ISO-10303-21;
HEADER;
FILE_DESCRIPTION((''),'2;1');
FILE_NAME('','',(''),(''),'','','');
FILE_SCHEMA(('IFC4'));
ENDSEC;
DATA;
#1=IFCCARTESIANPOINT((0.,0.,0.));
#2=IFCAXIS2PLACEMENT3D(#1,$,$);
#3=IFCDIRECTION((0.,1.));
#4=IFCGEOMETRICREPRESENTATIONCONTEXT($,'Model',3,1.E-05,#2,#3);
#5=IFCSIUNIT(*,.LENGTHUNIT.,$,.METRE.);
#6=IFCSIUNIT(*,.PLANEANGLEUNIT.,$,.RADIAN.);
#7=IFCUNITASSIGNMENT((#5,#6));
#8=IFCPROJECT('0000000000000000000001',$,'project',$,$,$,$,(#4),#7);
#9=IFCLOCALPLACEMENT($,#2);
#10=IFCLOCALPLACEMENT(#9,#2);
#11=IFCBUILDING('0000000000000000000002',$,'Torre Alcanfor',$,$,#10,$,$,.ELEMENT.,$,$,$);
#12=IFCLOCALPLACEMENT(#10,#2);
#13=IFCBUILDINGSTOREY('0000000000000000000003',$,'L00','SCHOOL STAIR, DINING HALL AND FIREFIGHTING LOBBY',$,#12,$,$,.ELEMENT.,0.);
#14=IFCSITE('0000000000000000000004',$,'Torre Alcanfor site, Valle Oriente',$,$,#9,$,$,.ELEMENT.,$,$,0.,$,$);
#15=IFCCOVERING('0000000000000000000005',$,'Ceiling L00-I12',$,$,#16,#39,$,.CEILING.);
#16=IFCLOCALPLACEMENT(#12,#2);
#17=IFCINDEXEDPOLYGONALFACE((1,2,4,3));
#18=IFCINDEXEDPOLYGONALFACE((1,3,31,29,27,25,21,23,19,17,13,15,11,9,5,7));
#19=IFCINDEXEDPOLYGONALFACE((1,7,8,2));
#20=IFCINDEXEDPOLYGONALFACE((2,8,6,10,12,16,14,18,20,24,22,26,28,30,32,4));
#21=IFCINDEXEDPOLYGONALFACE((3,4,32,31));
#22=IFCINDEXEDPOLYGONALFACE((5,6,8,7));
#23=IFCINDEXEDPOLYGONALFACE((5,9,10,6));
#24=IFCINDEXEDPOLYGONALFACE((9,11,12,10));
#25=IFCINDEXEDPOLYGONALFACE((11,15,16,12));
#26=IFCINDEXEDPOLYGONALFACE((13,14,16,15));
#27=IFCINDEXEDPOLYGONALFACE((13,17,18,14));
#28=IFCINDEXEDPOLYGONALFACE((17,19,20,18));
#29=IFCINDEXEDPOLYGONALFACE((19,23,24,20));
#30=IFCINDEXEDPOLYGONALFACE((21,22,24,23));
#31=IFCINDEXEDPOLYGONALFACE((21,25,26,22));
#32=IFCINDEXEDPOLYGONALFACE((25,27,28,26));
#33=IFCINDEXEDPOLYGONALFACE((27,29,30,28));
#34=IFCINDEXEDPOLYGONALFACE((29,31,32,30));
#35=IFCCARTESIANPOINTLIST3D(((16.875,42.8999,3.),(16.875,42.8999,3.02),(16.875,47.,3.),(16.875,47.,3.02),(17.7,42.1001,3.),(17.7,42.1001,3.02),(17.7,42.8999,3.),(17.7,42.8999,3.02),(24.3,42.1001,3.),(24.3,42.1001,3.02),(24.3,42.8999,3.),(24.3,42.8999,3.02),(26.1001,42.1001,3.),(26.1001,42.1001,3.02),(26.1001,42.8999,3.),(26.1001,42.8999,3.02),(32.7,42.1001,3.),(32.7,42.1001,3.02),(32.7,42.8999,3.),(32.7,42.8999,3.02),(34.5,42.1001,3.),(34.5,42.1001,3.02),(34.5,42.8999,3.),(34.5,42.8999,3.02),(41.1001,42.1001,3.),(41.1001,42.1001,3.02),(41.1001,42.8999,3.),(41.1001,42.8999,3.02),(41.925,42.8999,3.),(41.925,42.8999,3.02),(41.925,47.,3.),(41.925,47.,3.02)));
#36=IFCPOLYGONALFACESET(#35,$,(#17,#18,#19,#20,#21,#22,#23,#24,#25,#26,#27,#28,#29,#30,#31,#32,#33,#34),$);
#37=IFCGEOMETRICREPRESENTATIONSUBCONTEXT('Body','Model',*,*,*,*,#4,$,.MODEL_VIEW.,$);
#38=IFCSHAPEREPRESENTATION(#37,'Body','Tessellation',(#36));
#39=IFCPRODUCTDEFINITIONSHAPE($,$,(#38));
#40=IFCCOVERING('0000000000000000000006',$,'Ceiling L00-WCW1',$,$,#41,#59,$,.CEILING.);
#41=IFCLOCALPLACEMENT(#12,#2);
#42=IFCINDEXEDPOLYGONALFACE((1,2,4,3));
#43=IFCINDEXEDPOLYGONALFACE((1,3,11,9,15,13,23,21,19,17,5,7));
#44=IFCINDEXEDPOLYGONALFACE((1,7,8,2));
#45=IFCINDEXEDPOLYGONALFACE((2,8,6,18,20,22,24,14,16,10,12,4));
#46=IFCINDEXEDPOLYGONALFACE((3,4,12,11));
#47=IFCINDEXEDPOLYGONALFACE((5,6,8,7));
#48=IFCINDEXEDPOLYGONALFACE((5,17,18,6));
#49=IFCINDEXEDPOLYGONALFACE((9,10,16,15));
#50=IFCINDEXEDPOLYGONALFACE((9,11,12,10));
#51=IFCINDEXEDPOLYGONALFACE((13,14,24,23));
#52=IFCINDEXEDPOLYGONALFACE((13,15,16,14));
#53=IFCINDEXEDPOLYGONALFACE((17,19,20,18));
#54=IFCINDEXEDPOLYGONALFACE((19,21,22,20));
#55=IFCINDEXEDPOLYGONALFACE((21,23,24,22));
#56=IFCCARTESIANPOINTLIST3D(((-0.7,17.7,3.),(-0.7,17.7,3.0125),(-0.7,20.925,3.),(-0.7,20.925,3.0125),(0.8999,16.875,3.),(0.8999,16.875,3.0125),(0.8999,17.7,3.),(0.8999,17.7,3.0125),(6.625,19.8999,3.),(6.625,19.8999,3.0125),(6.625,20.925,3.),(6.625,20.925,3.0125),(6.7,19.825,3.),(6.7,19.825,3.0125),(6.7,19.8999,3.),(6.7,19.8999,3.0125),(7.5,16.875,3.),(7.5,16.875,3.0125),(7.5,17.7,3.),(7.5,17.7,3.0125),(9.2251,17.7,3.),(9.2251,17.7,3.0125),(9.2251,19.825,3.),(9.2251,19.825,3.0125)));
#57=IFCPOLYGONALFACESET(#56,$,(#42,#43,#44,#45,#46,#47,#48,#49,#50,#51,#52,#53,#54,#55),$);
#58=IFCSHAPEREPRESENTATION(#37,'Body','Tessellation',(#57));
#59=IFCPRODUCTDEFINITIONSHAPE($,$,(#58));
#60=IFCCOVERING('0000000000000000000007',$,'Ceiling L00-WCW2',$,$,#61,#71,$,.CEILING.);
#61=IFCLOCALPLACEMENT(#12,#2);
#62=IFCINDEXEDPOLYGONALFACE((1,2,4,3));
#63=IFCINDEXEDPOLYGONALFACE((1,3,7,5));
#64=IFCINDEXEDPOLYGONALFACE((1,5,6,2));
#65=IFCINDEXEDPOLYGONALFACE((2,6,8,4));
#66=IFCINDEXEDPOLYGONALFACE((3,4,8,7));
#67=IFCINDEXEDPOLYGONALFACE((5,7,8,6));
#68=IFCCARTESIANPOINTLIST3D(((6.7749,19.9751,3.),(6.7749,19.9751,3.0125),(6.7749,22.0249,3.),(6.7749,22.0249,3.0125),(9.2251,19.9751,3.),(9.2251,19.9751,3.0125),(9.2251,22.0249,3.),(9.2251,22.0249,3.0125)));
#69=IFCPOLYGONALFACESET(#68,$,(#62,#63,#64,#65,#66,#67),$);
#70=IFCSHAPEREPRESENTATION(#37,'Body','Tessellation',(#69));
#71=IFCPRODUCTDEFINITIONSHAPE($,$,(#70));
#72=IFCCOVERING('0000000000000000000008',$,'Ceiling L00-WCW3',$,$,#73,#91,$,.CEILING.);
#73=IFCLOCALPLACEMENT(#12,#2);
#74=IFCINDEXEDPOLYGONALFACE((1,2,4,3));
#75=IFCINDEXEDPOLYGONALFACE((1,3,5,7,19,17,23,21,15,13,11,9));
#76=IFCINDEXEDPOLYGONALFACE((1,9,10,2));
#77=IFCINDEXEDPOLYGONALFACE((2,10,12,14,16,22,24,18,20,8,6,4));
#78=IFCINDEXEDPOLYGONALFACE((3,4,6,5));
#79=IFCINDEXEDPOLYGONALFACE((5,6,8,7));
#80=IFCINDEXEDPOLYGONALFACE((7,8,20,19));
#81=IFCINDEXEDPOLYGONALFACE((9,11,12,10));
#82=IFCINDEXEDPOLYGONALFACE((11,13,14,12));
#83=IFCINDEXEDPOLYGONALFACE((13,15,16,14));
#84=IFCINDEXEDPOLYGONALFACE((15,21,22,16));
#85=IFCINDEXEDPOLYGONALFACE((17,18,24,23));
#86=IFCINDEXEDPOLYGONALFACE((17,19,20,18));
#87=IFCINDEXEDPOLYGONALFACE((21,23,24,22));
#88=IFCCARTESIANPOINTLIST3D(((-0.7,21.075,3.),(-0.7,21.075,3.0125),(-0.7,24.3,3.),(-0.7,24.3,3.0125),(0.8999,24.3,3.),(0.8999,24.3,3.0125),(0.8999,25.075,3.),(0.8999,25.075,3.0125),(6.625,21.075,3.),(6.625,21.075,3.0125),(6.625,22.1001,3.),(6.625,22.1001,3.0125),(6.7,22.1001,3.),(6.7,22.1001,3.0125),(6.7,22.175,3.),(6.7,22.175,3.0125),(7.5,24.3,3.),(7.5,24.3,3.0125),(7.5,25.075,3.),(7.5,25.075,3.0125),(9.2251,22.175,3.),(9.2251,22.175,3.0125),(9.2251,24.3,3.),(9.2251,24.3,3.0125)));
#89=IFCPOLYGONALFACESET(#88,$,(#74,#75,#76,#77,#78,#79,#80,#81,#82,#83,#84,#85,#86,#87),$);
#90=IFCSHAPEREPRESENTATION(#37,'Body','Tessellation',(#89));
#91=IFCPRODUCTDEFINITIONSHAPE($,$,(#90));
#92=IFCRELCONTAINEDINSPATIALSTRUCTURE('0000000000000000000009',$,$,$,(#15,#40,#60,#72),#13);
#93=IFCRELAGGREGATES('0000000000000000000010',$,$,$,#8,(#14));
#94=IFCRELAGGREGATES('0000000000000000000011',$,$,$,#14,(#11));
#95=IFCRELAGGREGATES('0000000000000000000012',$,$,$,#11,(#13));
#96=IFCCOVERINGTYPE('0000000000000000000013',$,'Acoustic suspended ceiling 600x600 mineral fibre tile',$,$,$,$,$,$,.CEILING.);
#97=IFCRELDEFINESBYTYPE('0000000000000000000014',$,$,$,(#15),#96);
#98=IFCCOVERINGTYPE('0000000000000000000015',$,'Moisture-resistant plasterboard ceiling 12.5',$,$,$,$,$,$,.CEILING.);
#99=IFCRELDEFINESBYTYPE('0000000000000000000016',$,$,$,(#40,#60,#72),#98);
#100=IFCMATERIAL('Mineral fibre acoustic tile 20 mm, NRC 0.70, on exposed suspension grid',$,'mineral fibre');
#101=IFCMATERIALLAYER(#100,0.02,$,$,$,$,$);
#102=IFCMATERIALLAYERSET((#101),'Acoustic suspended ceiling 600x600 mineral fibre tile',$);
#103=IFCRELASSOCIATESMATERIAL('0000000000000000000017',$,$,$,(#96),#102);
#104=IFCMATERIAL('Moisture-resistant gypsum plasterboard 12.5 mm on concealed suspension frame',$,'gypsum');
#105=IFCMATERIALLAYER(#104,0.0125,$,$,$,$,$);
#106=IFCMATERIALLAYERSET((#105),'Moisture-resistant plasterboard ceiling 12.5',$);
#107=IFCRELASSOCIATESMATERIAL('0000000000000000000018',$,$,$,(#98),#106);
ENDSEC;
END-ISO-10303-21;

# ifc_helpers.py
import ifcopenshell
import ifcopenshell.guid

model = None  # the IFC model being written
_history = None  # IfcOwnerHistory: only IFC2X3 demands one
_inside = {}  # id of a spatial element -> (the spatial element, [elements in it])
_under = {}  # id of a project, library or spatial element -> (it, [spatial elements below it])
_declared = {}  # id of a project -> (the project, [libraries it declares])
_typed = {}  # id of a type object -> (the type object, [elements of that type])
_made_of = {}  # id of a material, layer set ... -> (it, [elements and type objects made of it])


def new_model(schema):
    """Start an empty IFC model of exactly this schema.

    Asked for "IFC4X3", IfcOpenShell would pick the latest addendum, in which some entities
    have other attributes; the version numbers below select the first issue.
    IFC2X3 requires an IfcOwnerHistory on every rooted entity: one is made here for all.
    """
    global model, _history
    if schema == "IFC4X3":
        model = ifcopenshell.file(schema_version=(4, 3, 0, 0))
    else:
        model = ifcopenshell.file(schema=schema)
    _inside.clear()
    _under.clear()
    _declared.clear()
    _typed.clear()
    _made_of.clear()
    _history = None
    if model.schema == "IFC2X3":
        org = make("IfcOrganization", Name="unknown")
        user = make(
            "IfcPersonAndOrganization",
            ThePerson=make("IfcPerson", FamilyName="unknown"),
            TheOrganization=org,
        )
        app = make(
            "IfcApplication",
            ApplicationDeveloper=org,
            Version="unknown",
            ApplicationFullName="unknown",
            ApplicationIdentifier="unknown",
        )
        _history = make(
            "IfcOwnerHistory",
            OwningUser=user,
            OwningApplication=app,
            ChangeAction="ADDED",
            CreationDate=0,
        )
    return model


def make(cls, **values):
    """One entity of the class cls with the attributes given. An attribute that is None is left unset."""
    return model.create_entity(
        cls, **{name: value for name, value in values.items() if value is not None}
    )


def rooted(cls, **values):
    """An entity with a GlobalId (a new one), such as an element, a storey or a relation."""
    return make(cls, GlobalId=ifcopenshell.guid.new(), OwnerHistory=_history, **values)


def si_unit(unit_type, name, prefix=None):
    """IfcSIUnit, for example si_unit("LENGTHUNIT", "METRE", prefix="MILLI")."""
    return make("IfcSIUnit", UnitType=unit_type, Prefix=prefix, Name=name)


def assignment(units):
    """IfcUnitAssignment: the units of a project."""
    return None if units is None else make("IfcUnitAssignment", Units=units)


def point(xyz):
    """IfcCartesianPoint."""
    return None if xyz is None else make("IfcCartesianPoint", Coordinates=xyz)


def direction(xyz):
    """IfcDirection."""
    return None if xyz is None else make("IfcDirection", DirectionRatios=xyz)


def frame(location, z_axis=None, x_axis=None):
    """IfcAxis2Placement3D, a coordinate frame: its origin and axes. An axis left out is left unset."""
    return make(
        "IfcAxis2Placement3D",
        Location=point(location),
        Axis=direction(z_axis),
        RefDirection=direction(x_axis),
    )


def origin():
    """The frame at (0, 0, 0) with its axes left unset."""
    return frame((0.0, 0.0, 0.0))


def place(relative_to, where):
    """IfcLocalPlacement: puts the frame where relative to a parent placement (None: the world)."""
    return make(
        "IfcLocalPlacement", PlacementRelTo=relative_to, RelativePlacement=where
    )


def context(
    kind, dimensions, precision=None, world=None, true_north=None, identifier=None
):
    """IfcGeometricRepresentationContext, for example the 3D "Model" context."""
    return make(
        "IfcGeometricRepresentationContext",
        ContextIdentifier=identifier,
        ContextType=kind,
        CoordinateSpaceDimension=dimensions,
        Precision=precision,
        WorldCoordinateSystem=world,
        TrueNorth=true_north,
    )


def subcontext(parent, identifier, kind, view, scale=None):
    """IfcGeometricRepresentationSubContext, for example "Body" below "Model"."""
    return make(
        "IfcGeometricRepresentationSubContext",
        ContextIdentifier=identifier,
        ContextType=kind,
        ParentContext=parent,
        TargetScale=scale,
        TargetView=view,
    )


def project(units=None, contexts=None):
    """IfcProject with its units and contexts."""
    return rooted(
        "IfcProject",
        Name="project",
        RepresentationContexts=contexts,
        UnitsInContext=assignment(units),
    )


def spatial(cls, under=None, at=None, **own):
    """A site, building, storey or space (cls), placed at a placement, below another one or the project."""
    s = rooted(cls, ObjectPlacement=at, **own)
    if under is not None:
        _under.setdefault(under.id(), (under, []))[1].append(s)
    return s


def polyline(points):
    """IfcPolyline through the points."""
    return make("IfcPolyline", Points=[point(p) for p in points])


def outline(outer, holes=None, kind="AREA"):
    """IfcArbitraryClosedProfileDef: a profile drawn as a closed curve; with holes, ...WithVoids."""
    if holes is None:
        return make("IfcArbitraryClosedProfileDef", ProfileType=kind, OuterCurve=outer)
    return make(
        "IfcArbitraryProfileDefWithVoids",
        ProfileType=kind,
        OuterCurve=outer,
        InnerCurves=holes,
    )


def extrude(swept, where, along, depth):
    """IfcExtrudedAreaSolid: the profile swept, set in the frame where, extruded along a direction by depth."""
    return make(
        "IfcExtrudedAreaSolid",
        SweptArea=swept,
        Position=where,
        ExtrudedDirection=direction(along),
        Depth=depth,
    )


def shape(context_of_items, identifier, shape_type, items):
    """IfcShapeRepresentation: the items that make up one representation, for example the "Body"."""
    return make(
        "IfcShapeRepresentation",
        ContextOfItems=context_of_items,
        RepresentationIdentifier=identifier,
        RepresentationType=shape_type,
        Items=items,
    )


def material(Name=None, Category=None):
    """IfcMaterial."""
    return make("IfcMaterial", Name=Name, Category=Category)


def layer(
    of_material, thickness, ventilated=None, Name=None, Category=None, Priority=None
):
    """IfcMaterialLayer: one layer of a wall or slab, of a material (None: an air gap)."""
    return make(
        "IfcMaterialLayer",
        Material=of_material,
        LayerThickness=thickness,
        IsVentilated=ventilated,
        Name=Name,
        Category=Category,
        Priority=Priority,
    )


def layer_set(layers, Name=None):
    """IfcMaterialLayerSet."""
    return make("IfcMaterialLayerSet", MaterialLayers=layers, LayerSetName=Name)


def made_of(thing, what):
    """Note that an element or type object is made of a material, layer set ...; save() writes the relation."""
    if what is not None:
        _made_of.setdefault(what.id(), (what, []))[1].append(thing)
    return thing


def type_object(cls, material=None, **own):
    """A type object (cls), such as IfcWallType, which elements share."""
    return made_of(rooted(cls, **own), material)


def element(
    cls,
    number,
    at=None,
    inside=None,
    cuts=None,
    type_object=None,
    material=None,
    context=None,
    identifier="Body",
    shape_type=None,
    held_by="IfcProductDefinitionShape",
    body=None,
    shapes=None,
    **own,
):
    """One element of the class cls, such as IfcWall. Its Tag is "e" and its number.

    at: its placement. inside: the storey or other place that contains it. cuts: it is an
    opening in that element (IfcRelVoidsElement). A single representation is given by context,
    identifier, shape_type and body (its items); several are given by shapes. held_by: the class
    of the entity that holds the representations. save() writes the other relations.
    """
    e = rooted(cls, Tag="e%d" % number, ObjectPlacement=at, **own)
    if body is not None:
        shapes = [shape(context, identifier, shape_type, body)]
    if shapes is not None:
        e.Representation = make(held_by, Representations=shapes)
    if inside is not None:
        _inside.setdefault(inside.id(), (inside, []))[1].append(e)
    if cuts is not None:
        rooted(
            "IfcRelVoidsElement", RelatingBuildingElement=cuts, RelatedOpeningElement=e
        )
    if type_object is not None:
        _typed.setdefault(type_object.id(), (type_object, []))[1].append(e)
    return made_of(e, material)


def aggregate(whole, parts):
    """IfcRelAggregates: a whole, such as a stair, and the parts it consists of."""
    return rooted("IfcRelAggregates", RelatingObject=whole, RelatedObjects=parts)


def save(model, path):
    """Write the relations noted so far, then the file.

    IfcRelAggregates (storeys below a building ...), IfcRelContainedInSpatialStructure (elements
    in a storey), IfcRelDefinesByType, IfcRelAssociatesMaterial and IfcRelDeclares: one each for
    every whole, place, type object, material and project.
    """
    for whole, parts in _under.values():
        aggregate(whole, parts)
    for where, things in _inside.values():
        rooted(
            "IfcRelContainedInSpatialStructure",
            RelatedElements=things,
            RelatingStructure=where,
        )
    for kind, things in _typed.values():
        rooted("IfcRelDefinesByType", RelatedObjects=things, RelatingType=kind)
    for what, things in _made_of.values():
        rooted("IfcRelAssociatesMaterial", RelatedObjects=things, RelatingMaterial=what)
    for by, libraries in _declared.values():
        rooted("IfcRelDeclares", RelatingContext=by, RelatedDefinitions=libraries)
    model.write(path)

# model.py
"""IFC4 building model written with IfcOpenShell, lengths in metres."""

from ifc_helpers import new_model, si_unit, direction, frame, origin, place, context, subcontext, project, spatial, polyline, outline, extrude, material, layer, layer_set, type_object, element, save


model = new_model("IFC4")

# Units and contexts
model_context = context("Model", 3, precision=1e-05, world=origin(), true_north=direction((0.0, 1.0)))
body_context = subcontext(model_context, "Body", "Model", "MODEL_VIEW")
ifc_project = project(units=[si_unit("LENGTHUNIT", "METRE"), si_unit("PLANEANGLEUNIT", "RADIAN")], contexts=[model_context])

# Site, building, storey
site_placement = place(None, origin())
site = spatial("IfcSite", under=ifc_project, at=site_placement, Name="Torre Alcanfor site, Valle Oriente", CompositionType="ELEMENT", RefElevation=0.0)
building_placement = place(site_placement, origin())
building = spatial("IfcBuilding", under=site, at=building_placement, Name="Torre Alcanfor", CompositionType="ELEMENT")
storey_placement = place(building_placement, origin())
storey = spatial("IfcBuildingStorey", under=building, at=storey_placement, Name="L00", Description="SCHOOL STAIR, DINING HALL AND FIREFIGHTING LOBBY", CompositionType="ELEMENT", Elevation=0.0)

# Coverings
ifc_material_1 = material(Name="Mineral fibre acoustic tile 20 mm, NRC 0.70, on exposed suspension grid", Category="mineral fibre")
ifc_layer_1 = layer(ifc_material_1, 0.02)
ifc_layer_set_1 = layer_set([ifc_layer_1], Name="Acoustic suspended ceiling 600x600 mineral fibre tile")
covering_type_1 = type_object("IfcCoveringType", Name="Acoustic suspended ceiling 600x600 mineral fibre tile", PredefinedType="CEILING", material=ifc_layer_set_1)
covering_1_placement = place(storey_placement, frame((0.0, 0.0, 3.0)))
element("IfcCovering", 1, at=covering_1_placement, inside=storey, type_object=covering_type_1, Name="Ceiling L00-I12", PredefinedType="CEILING", context=body_context, shape_type="SweptSolid", body=[
    extrude(outline(polyline([(41.1001, 42.1001), (41.1001, 42.8999), (41.925, 42.8999), (41.925, 47.0), (16.875, 47.0), (16.875, 42.8999), (17.7, 42.8999), (17.7, 42.1001), (24.3, 42.1001), (24.3, 42.8999), (26.1001, 42.8999), (26.1001, 42.1001), (32.7, 42.1001), (32.7, 42.8999), (34.5, 42.8999), (34.5, 42.1001), (41.1001, 42.1001)])), origin(), (0.0, 0.0, 1.0), 0.02),
])
ifc_material_2 = material(Name="Moisture-resistant gypsum plasterboard 12.5 mm on concealed suspension frame", Category="gypsum")
ifc_layer_2 = layer(ifc_material_2, 0.0125)
ifc_layer_set_2 = layer_set([ifc_layer_2], Name="Moisture-resistant plasterboard ceiling 12.5")
covering_type_2 = type_object("IfcCoveringType", Name="Moisture-resistant plasterboard ceiling 12.5", PredefinedType="CEILING", material=ifc_layer_set_2)
covering_2_placement = place(storey_placement, frame((0.0, 0.0, 3.0)))
element("IfcCovering", 2, at=covering_2_placement, inside=storey, type_object=covering_type_2, Name="Ceiling L00-WCW1", PredefinedType="CEILING", context=body_context, shape_type="SweptSolid", body=[
    extrude(outline(polyline([(6.625, 20.925), (-0.7, 20.925), (-0.7, 17.7), (0.8999, 17.7), (0.8999, 16.875), (7.5, 16.875), (7.5, 17.7), (9.2251, 17.7), (9.2251, 19.825), (6.7, 19.825), (6.7, 19.8999), (6.625, 19.8999), (6.625, 20.925)])), origin(), (0.0, 0.0, 1.0), 0.0125),
])
covering_3_placement = place(storey_placement, frame((0.0, 0.0, 3.0)))
element("IfcCovering", 3, at=covering_3_placement, inside=storey, type_object=covering_type_2, Name="Ceiling L00-WCW2", PredefinedType="CEILING", context=body_context, shape_type="SweptSolid", body=[
    extrude(outline(polyline([(9.2251, 22.0249), (6.7749, 22.0249), (6.7749, 19.9751), (9.2251, 19.9751), (9.2251, 22.0249)])), origin(), (0.0, 0.0, 1.0), 0.0125),
])
covering_4_placement = place(storey_placement, frame((0.0, 0.0, 3.0)))
element("IfcCovering", 4, at=covering_4_placement, inside=storey, type_object=covering_type_2, Name="Ceiling L00-WCW3", PredefinedType="CEILING", context=body_context, shape_type="SweptSolid", body=[
    extrude(outline(polyline([(0.8999, 24.3), (-0.7, 24.3), (-0.7, 21.075), (6.625, 21.075), (6.625, 22.1001), (6.7, 22.1001), (6.7, 22.175), (9.2251, 22.175), (9.2251, 24.3), (7.5, 24.3), (7.5, 25.075), (0.8999, 25.075), (0.8999, 24.3)])), origin(), (0.0, 0.0, 1.0), 0.0125),
])

save(model, "model.ifc")
